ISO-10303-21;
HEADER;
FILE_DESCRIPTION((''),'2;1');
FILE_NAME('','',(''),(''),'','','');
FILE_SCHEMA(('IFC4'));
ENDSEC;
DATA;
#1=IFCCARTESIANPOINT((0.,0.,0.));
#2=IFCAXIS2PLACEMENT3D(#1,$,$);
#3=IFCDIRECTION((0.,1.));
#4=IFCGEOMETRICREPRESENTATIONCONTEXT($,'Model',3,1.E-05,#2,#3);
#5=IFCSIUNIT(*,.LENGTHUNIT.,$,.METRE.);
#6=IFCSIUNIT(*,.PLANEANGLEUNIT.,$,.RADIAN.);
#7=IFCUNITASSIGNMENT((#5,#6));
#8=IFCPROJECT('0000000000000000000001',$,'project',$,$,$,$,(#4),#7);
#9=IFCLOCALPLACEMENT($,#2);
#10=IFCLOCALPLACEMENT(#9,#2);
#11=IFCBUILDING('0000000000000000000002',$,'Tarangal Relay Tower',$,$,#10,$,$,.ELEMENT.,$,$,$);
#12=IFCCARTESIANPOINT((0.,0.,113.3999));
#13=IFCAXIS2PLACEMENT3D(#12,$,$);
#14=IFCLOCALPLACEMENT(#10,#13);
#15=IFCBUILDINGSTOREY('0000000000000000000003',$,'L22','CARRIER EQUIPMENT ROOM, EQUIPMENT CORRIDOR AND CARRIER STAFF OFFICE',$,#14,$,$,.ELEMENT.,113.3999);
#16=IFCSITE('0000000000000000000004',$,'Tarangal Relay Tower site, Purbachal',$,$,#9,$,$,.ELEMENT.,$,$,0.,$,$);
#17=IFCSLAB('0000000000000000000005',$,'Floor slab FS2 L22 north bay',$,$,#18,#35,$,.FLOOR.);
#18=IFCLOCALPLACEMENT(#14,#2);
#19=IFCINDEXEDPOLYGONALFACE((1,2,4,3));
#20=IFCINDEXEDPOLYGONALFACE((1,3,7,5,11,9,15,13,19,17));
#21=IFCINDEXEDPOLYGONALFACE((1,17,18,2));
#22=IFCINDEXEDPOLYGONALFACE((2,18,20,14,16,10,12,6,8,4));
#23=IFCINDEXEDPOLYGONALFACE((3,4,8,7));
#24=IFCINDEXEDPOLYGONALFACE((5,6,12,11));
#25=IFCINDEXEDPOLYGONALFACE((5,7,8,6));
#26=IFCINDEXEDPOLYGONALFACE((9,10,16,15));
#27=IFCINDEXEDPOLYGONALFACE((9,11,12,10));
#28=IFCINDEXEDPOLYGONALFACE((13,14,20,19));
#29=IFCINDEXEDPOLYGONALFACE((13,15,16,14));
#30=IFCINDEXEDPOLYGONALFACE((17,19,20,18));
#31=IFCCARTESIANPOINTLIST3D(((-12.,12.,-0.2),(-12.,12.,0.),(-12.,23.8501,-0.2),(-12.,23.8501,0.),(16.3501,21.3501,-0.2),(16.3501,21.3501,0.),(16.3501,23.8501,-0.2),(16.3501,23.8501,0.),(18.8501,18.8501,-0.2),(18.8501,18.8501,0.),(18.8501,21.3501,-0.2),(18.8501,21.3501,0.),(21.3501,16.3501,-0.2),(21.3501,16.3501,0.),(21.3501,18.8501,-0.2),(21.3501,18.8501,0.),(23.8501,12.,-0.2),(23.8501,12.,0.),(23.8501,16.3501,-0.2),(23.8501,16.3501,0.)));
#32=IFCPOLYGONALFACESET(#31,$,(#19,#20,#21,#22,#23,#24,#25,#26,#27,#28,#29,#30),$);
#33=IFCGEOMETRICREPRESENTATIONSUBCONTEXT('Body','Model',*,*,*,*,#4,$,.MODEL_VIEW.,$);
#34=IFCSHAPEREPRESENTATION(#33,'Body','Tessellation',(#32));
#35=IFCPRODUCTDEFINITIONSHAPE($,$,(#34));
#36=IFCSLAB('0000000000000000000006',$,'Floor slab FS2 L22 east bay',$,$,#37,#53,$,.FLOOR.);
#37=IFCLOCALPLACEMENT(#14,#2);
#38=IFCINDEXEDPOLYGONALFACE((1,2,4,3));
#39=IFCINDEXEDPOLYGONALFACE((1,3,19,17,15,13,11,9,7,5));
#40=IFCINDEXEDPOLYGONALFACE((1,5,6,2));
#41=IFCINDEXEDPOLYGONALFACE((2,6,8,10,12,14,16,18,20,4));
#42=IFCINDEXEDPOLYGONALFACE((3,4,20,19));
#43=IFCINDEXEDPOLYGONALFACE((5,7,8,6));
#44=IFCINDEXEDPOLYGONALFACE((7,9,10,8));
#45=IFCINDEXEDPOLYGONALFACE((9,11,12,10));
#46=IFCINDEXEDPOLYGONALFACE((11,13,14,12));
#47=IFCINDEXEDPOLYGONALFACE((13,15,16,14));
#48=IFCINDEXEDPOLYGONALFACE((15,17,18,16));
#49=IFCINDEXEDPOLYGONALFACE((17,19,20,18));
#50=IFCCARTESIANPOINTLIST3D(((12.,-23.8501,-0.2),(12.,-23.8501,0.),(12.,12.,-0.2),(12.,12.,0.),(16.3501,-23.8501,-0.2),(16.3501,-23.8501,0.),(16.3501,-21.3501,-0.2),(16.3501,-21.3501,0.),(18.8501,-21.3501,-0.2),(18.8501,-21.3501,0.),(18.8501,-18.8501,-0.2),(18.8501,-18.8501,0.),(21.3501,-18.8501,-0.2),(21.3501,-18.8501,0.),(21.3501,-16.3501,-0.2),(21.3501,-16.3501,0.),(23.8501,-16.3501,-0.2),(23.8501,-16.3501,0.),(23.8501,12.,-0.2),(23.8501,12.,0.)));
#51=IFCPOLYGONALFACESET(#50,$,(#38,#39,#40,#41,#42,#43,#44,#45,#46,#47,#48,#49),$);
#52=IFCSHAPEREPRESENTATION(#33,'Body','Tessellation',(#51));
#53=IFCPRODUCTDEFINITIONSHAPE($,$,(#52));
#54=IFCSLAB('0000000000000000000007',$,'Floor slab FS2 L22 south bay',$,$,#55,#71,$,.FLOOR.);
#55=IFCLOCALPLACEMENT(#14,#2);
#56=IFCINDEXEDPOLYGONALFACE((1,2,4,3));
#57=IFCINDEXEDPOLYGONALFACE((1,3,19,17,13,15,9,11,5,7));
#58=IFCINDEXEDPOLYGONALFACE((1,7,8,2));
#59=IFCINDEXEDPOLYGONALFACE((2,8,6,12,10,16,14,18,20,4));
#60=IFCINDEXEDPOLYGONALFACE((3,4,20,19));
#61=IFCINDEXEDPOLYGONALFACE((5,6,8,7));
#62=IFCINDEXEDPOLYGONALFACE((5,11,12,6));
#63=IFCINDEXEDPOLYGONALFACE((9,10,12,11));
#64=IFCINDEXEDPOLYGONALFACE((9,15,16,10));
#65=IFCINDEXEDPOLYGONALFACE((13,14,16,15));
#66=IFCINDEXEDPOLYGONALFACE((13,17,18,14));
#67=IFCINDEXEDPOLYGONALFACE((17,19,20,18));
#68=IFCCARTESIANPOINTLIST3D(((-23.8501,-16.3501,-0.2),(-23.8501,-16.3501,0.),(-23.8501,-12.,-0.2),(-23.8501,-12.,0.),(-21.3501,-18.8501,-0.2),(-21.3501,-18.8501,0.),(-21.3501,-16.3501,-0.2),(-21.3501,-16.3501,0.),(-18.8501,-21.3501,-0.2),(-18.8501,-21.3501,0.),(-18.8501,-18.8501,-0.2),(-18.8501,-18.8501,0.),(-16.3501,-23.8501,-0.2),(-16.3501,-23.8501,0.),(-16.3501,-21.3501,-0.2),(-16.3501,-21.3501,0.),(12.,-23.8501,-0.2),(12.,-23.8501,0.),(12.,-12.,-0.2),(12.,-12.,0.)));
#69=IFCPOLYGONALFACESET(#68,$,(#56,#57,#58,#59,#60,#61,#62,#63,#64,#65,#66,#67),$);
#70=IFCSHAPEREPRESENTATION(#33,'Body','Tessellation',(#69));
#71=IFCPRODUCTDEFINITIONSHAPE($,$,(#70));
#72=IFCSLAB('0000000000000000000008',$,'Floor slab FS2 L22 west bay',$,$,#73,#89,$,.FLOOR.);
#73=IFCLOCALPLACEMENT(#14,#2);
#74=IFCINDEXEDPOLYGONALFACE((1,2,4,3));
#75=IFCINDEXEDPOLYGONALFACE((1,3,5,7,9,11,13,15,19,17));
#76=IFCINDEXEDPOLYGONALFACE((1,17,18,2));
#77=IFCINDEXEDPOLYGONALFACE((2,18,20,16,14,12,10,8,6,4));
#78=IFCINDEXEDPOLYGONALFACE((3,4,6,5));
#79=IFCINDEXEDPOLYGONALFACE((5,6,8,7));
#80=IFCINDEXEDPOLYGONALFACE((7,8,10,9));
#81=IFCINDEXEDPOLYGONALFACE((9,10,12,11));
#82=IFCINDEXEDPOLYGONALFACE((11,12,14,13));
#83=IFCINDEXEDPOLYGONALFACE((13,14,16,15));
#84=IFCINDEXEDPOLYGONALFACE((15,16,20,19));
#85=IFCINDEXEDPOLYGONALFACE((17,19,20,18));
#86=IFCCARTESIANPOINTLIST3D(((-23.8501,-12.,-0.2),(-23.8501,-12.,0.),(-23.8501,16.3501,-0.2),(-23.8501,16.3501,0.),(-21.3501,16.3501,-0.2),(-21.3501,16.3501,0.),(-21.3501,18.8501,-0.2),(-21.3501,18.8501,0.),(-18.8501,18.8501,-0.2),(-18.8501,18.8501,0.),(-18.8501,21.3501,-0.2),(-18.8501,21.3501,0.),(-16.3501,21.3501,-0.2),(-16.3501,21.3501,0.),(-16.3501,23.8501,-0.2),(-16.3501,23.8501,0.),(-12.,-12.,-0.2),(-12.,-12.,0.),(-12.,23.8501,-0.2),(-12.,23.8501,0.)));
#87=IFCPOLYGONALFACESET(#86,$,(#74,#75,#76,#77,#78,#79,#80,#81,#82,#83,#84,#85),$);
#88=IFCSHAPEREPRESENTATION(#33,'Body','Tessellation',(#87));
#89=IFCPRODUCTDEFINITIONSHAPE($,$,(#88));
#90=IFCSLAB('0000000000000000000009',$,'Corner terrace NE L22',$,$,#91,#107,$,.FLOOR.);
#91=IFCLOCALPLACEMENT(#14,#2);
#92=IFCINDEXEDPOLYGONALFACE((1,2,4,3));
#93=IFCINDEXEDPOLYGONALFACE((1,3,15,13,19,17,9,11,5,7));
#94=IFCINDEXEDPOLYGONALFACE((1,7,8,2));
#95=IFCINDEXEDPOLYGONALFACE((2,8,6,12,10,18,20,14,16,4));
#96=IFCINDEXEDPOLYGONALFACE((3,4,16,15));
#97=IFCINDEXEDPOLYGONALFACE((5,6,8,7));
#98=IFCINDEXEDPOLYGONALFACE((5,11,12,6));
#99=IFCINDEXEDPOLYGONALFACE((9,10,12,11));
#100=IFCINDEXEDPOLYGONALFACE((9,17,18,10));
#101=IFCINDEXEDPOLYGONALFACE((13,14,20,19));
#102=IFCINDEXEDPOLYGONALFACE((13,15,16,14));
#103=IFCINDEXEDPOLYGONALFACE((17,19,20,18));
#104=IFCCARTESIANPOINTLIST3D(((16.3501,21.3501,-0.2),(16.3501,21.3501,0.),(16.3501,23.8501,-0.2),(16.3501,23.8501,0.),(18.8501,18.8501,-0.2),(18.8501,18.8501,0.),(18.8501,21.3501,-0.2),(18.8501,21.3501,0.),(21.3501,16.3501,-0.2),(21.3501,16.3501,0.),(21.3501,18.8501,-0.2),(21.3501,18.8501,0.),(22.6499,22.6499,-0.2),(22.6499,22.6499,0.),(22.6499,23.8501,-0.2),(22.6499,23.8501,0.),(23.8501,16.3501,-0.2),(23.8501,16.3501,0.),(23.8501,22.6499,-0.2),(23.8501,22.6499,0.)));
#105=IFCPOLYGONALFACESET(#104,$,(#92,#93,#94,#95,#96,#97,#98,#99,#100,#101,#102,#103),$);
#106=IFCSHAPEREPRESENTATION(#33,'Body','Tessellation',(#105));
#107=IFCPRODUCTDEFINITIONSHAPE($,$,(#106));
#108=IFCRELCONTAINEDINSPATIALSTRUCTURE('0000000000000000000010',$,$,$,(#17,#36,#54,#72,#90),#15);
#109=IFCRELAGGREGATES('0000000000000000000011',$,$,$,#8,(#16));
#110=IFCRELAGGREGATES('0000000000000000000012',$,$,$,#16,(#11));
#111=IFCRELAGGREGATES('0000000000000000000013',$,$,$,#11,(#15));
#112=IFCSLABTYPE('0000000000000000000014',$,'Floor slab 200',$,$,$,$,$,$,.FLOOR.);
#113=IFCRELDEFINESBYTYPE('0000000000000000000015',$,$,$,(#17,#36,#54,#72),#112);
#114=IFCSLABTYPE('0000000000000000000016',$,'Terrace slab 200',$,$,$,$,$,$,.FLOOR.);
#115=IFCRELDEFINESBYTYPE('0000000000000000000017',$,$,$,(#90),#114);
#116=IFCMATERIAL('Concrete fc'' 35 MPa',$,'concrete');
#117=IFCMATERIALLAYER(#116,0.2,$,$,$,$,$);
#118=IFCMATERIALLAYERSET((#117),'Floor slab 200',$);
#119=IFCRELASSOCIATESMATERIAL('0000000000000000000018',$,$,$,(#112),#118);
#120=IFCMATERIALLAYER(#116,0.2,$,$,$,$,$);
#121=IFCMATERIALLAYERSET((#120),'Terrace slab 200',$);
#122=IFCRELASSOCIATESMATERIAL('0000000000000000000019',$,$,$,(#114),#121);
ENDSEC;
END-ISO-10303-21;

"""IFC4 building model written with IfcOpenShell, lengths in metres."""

from ifc_helpers import new_model, si_unit, direction, frame, origin, place, context, subcontext, project, spatial, polyline, outline, extrude, material, layer, layer_set, type_object, element, save


model = new_model("IFC4")

# Units and contexts
model_context = context("Model", 3, precision=1e-05, world=origin(), true_north=direction((0.0, 1.0)))
body_context = subcontext(model_context, "Body", "Model", "MODEL_VIEW")
ifc_project = project(units=[si_unit("LENGTHUNIT", "METRE"), si_unit("PLANEANGLEUNIT", "RADIAN")], contexts=[model_context])

# Site, building, storey
site_placement = place(None, origin())
site = spatial("IfcSite", under=ifc_project, at=site_placement, Name="Tarangal Relay Tower site, Purbachal", CompositionType="ELEMENT", RefElevation=0.0)
building_placement = place(site_placement, origin())
building = spatial("IfcBuilding", under=site, at=building_placement, Name="Tarangal Relay Tower", CompositionType="ELEMENT")
storey_placement = place(building_placement, frame((0.0, 0.0, 113.3999)))
storey = spatial("IfcBuildingStorey", under=building, at=storey_placement, Name="L22", Description="CARRIER EQUIPMENT ROOM, EQUIPMENT CORRIDOR AND CARRIER STAFF OFFICE", CompositionType="ELEMENT", Elevation=113.3999)

# Slabs
ifc_material_1 = material(Name="Concrete fc' 35 MPa", Category="concrete")
ifc_layer_1 = layer(ifc_material_1, 0.2)
ifc_layer_set_1 = layer_set([ifc_layer_1], Name="Floor slab 200")
slab_type_1 = type_object("IfcSlabType", Name="Floor slab 200", PredefinedType="FLOOR", material=ifc_layer_set_1)
slab_1_placement = place(storey_placement, frame((0.0, 0.0, -0.2)))
element("IfcSlab", 1, at=slab_1_placement, inside=storey, type_object=slab_type_1, Name="Floor slab FS2 L22 north bay", PredefinedType="FLOOR", context=body_context, shape_type="SweptSolid", body=[
    extrude(outline(polyline([(16.3501, 23.8501), (16.3501, 21.3501), (18.8501, 21.3501), (18.8501, 18.8501), (21.3501, 18.8501), (21.3501, 16.3501), (23.8501, 16.3501), (23.8501, 12.0), (-12.0, 12.0), (-12.0, 23.8501), (16.3501, 23.8501)])), origin(), (0.0, 0.0, 1.0), 0.2),
])
slab_2_placement = place(storey_placement, frame((0.0, 0.0, -0.2)))
element("IfcSlab", 2, at=slab_2_placement, inside=storey, type_object=slab_type_1, Name="Floor slab FS2 L22 east bay", PredefinedType="FLOOR", context=body_context, shape_type="SweptSolid", body=[
    extrude(outline(polyline([(23.8501, -16.3501), (21.3501, -16.3501), (21.3501, -18.8501), (18.8501, -18.8501), (18.8501, -21.3501), (16.3501, -21.3501), (16.3501, -23.8501), (12.0, -23.8501), (12.0, 12.0), (23.8501, 12.0), (23.8501, -16.3501)])), origin(), (0.0, 0.0, 1.0), 0.2),
])
slab_3_placement = place(storey_placement, frame((0.0, 0.0, -0.2)))
element("IfcSlab", 3, at=slab_3_placement, inside=storey, type_object=slab_type_1, Name="Floor slab FS2 L22 south bay", PredefinedType="FLOOR", context=body_context, shape_type="SweptSolid", body=[
    extrude(outline(polyline([(-16.3501, -23.8501), (-16.3501, -21.3501), (-18.8501, -21.3501), (-18.8501, -18.8501), (-21.3501, -18.8501), (-21.3501, -16.3501), (-23.8501, -16.3501), (-23.8501, -12.0), (12.0, -12.0), (12.0, -23.8501), (-16.3501, -23.8501)])), origin(), (0.0, 0.0, 1.0), 0.2),
])
slab_4_placement = place(storey_placement, frame((0.0, 0.0, -0.2)))
element("IfcSlab", 4, at=slab_4_placement, inside=storey, type_object=slab_type_1, Name="Floor slab FS2 L22 west bay", PredefinedType="FLOOR", context=body_context, shape_type="SweptSolid", body=[
    extrude(outline(polyline([(-12.0, 23.8501), (-12.0, -12.0), (-23.8501, -12.0), (-23.8501, 16.3501), (-21.3501, 16.3501), (-21.3501, 18.8501), (-18.8501, 18.8501), (-18.8501, 21.3501), (-16.3501, 21.3501), (-16.3501, 23.8501), (-12.0, 23.8501)])), origin(), (0.0, 0.0, 1.0), 0.2),
])
ifc_layer_2 = layer(ifc_material_1, 0.2)
ifc_layer_set_2 = layer_set([ifc_layer_2], Name="Terrace slab 200")
slab_type_2 = type_object("IfcSlabType", Name="Terrace slab 200", PredefinedType="FLOOR", material=ifc_layer_set_2)
slab_5_placement = place(storey_placement, frame((0.0, 0.0, -0.2)))
element("IfcSlab", 5, at=slab_5_placement, inside=storey, type_object=slab_type_2, Name="Corner terrace NE L22", PredefinedType="FLOOR", context=body_context, shape_type="SweptSolid", body=[
    extrude(outline(polyline([(16.3501, 23.8501), (16.3501, 21.3501), (18.8501, 21.3501), (18.8501, 18.8501), (21.3501, 18.8501), (21.3501, 16.3501), (23.8501, 16.3501), (23.8501, 22.6499), (22.6499, 22.6499), (22.6499, 23.8501), (16.3501, 23.8501)])), origin(), (0.0, 0.0, 1.0), 0.2),
])

save(model, "model.ifc")
